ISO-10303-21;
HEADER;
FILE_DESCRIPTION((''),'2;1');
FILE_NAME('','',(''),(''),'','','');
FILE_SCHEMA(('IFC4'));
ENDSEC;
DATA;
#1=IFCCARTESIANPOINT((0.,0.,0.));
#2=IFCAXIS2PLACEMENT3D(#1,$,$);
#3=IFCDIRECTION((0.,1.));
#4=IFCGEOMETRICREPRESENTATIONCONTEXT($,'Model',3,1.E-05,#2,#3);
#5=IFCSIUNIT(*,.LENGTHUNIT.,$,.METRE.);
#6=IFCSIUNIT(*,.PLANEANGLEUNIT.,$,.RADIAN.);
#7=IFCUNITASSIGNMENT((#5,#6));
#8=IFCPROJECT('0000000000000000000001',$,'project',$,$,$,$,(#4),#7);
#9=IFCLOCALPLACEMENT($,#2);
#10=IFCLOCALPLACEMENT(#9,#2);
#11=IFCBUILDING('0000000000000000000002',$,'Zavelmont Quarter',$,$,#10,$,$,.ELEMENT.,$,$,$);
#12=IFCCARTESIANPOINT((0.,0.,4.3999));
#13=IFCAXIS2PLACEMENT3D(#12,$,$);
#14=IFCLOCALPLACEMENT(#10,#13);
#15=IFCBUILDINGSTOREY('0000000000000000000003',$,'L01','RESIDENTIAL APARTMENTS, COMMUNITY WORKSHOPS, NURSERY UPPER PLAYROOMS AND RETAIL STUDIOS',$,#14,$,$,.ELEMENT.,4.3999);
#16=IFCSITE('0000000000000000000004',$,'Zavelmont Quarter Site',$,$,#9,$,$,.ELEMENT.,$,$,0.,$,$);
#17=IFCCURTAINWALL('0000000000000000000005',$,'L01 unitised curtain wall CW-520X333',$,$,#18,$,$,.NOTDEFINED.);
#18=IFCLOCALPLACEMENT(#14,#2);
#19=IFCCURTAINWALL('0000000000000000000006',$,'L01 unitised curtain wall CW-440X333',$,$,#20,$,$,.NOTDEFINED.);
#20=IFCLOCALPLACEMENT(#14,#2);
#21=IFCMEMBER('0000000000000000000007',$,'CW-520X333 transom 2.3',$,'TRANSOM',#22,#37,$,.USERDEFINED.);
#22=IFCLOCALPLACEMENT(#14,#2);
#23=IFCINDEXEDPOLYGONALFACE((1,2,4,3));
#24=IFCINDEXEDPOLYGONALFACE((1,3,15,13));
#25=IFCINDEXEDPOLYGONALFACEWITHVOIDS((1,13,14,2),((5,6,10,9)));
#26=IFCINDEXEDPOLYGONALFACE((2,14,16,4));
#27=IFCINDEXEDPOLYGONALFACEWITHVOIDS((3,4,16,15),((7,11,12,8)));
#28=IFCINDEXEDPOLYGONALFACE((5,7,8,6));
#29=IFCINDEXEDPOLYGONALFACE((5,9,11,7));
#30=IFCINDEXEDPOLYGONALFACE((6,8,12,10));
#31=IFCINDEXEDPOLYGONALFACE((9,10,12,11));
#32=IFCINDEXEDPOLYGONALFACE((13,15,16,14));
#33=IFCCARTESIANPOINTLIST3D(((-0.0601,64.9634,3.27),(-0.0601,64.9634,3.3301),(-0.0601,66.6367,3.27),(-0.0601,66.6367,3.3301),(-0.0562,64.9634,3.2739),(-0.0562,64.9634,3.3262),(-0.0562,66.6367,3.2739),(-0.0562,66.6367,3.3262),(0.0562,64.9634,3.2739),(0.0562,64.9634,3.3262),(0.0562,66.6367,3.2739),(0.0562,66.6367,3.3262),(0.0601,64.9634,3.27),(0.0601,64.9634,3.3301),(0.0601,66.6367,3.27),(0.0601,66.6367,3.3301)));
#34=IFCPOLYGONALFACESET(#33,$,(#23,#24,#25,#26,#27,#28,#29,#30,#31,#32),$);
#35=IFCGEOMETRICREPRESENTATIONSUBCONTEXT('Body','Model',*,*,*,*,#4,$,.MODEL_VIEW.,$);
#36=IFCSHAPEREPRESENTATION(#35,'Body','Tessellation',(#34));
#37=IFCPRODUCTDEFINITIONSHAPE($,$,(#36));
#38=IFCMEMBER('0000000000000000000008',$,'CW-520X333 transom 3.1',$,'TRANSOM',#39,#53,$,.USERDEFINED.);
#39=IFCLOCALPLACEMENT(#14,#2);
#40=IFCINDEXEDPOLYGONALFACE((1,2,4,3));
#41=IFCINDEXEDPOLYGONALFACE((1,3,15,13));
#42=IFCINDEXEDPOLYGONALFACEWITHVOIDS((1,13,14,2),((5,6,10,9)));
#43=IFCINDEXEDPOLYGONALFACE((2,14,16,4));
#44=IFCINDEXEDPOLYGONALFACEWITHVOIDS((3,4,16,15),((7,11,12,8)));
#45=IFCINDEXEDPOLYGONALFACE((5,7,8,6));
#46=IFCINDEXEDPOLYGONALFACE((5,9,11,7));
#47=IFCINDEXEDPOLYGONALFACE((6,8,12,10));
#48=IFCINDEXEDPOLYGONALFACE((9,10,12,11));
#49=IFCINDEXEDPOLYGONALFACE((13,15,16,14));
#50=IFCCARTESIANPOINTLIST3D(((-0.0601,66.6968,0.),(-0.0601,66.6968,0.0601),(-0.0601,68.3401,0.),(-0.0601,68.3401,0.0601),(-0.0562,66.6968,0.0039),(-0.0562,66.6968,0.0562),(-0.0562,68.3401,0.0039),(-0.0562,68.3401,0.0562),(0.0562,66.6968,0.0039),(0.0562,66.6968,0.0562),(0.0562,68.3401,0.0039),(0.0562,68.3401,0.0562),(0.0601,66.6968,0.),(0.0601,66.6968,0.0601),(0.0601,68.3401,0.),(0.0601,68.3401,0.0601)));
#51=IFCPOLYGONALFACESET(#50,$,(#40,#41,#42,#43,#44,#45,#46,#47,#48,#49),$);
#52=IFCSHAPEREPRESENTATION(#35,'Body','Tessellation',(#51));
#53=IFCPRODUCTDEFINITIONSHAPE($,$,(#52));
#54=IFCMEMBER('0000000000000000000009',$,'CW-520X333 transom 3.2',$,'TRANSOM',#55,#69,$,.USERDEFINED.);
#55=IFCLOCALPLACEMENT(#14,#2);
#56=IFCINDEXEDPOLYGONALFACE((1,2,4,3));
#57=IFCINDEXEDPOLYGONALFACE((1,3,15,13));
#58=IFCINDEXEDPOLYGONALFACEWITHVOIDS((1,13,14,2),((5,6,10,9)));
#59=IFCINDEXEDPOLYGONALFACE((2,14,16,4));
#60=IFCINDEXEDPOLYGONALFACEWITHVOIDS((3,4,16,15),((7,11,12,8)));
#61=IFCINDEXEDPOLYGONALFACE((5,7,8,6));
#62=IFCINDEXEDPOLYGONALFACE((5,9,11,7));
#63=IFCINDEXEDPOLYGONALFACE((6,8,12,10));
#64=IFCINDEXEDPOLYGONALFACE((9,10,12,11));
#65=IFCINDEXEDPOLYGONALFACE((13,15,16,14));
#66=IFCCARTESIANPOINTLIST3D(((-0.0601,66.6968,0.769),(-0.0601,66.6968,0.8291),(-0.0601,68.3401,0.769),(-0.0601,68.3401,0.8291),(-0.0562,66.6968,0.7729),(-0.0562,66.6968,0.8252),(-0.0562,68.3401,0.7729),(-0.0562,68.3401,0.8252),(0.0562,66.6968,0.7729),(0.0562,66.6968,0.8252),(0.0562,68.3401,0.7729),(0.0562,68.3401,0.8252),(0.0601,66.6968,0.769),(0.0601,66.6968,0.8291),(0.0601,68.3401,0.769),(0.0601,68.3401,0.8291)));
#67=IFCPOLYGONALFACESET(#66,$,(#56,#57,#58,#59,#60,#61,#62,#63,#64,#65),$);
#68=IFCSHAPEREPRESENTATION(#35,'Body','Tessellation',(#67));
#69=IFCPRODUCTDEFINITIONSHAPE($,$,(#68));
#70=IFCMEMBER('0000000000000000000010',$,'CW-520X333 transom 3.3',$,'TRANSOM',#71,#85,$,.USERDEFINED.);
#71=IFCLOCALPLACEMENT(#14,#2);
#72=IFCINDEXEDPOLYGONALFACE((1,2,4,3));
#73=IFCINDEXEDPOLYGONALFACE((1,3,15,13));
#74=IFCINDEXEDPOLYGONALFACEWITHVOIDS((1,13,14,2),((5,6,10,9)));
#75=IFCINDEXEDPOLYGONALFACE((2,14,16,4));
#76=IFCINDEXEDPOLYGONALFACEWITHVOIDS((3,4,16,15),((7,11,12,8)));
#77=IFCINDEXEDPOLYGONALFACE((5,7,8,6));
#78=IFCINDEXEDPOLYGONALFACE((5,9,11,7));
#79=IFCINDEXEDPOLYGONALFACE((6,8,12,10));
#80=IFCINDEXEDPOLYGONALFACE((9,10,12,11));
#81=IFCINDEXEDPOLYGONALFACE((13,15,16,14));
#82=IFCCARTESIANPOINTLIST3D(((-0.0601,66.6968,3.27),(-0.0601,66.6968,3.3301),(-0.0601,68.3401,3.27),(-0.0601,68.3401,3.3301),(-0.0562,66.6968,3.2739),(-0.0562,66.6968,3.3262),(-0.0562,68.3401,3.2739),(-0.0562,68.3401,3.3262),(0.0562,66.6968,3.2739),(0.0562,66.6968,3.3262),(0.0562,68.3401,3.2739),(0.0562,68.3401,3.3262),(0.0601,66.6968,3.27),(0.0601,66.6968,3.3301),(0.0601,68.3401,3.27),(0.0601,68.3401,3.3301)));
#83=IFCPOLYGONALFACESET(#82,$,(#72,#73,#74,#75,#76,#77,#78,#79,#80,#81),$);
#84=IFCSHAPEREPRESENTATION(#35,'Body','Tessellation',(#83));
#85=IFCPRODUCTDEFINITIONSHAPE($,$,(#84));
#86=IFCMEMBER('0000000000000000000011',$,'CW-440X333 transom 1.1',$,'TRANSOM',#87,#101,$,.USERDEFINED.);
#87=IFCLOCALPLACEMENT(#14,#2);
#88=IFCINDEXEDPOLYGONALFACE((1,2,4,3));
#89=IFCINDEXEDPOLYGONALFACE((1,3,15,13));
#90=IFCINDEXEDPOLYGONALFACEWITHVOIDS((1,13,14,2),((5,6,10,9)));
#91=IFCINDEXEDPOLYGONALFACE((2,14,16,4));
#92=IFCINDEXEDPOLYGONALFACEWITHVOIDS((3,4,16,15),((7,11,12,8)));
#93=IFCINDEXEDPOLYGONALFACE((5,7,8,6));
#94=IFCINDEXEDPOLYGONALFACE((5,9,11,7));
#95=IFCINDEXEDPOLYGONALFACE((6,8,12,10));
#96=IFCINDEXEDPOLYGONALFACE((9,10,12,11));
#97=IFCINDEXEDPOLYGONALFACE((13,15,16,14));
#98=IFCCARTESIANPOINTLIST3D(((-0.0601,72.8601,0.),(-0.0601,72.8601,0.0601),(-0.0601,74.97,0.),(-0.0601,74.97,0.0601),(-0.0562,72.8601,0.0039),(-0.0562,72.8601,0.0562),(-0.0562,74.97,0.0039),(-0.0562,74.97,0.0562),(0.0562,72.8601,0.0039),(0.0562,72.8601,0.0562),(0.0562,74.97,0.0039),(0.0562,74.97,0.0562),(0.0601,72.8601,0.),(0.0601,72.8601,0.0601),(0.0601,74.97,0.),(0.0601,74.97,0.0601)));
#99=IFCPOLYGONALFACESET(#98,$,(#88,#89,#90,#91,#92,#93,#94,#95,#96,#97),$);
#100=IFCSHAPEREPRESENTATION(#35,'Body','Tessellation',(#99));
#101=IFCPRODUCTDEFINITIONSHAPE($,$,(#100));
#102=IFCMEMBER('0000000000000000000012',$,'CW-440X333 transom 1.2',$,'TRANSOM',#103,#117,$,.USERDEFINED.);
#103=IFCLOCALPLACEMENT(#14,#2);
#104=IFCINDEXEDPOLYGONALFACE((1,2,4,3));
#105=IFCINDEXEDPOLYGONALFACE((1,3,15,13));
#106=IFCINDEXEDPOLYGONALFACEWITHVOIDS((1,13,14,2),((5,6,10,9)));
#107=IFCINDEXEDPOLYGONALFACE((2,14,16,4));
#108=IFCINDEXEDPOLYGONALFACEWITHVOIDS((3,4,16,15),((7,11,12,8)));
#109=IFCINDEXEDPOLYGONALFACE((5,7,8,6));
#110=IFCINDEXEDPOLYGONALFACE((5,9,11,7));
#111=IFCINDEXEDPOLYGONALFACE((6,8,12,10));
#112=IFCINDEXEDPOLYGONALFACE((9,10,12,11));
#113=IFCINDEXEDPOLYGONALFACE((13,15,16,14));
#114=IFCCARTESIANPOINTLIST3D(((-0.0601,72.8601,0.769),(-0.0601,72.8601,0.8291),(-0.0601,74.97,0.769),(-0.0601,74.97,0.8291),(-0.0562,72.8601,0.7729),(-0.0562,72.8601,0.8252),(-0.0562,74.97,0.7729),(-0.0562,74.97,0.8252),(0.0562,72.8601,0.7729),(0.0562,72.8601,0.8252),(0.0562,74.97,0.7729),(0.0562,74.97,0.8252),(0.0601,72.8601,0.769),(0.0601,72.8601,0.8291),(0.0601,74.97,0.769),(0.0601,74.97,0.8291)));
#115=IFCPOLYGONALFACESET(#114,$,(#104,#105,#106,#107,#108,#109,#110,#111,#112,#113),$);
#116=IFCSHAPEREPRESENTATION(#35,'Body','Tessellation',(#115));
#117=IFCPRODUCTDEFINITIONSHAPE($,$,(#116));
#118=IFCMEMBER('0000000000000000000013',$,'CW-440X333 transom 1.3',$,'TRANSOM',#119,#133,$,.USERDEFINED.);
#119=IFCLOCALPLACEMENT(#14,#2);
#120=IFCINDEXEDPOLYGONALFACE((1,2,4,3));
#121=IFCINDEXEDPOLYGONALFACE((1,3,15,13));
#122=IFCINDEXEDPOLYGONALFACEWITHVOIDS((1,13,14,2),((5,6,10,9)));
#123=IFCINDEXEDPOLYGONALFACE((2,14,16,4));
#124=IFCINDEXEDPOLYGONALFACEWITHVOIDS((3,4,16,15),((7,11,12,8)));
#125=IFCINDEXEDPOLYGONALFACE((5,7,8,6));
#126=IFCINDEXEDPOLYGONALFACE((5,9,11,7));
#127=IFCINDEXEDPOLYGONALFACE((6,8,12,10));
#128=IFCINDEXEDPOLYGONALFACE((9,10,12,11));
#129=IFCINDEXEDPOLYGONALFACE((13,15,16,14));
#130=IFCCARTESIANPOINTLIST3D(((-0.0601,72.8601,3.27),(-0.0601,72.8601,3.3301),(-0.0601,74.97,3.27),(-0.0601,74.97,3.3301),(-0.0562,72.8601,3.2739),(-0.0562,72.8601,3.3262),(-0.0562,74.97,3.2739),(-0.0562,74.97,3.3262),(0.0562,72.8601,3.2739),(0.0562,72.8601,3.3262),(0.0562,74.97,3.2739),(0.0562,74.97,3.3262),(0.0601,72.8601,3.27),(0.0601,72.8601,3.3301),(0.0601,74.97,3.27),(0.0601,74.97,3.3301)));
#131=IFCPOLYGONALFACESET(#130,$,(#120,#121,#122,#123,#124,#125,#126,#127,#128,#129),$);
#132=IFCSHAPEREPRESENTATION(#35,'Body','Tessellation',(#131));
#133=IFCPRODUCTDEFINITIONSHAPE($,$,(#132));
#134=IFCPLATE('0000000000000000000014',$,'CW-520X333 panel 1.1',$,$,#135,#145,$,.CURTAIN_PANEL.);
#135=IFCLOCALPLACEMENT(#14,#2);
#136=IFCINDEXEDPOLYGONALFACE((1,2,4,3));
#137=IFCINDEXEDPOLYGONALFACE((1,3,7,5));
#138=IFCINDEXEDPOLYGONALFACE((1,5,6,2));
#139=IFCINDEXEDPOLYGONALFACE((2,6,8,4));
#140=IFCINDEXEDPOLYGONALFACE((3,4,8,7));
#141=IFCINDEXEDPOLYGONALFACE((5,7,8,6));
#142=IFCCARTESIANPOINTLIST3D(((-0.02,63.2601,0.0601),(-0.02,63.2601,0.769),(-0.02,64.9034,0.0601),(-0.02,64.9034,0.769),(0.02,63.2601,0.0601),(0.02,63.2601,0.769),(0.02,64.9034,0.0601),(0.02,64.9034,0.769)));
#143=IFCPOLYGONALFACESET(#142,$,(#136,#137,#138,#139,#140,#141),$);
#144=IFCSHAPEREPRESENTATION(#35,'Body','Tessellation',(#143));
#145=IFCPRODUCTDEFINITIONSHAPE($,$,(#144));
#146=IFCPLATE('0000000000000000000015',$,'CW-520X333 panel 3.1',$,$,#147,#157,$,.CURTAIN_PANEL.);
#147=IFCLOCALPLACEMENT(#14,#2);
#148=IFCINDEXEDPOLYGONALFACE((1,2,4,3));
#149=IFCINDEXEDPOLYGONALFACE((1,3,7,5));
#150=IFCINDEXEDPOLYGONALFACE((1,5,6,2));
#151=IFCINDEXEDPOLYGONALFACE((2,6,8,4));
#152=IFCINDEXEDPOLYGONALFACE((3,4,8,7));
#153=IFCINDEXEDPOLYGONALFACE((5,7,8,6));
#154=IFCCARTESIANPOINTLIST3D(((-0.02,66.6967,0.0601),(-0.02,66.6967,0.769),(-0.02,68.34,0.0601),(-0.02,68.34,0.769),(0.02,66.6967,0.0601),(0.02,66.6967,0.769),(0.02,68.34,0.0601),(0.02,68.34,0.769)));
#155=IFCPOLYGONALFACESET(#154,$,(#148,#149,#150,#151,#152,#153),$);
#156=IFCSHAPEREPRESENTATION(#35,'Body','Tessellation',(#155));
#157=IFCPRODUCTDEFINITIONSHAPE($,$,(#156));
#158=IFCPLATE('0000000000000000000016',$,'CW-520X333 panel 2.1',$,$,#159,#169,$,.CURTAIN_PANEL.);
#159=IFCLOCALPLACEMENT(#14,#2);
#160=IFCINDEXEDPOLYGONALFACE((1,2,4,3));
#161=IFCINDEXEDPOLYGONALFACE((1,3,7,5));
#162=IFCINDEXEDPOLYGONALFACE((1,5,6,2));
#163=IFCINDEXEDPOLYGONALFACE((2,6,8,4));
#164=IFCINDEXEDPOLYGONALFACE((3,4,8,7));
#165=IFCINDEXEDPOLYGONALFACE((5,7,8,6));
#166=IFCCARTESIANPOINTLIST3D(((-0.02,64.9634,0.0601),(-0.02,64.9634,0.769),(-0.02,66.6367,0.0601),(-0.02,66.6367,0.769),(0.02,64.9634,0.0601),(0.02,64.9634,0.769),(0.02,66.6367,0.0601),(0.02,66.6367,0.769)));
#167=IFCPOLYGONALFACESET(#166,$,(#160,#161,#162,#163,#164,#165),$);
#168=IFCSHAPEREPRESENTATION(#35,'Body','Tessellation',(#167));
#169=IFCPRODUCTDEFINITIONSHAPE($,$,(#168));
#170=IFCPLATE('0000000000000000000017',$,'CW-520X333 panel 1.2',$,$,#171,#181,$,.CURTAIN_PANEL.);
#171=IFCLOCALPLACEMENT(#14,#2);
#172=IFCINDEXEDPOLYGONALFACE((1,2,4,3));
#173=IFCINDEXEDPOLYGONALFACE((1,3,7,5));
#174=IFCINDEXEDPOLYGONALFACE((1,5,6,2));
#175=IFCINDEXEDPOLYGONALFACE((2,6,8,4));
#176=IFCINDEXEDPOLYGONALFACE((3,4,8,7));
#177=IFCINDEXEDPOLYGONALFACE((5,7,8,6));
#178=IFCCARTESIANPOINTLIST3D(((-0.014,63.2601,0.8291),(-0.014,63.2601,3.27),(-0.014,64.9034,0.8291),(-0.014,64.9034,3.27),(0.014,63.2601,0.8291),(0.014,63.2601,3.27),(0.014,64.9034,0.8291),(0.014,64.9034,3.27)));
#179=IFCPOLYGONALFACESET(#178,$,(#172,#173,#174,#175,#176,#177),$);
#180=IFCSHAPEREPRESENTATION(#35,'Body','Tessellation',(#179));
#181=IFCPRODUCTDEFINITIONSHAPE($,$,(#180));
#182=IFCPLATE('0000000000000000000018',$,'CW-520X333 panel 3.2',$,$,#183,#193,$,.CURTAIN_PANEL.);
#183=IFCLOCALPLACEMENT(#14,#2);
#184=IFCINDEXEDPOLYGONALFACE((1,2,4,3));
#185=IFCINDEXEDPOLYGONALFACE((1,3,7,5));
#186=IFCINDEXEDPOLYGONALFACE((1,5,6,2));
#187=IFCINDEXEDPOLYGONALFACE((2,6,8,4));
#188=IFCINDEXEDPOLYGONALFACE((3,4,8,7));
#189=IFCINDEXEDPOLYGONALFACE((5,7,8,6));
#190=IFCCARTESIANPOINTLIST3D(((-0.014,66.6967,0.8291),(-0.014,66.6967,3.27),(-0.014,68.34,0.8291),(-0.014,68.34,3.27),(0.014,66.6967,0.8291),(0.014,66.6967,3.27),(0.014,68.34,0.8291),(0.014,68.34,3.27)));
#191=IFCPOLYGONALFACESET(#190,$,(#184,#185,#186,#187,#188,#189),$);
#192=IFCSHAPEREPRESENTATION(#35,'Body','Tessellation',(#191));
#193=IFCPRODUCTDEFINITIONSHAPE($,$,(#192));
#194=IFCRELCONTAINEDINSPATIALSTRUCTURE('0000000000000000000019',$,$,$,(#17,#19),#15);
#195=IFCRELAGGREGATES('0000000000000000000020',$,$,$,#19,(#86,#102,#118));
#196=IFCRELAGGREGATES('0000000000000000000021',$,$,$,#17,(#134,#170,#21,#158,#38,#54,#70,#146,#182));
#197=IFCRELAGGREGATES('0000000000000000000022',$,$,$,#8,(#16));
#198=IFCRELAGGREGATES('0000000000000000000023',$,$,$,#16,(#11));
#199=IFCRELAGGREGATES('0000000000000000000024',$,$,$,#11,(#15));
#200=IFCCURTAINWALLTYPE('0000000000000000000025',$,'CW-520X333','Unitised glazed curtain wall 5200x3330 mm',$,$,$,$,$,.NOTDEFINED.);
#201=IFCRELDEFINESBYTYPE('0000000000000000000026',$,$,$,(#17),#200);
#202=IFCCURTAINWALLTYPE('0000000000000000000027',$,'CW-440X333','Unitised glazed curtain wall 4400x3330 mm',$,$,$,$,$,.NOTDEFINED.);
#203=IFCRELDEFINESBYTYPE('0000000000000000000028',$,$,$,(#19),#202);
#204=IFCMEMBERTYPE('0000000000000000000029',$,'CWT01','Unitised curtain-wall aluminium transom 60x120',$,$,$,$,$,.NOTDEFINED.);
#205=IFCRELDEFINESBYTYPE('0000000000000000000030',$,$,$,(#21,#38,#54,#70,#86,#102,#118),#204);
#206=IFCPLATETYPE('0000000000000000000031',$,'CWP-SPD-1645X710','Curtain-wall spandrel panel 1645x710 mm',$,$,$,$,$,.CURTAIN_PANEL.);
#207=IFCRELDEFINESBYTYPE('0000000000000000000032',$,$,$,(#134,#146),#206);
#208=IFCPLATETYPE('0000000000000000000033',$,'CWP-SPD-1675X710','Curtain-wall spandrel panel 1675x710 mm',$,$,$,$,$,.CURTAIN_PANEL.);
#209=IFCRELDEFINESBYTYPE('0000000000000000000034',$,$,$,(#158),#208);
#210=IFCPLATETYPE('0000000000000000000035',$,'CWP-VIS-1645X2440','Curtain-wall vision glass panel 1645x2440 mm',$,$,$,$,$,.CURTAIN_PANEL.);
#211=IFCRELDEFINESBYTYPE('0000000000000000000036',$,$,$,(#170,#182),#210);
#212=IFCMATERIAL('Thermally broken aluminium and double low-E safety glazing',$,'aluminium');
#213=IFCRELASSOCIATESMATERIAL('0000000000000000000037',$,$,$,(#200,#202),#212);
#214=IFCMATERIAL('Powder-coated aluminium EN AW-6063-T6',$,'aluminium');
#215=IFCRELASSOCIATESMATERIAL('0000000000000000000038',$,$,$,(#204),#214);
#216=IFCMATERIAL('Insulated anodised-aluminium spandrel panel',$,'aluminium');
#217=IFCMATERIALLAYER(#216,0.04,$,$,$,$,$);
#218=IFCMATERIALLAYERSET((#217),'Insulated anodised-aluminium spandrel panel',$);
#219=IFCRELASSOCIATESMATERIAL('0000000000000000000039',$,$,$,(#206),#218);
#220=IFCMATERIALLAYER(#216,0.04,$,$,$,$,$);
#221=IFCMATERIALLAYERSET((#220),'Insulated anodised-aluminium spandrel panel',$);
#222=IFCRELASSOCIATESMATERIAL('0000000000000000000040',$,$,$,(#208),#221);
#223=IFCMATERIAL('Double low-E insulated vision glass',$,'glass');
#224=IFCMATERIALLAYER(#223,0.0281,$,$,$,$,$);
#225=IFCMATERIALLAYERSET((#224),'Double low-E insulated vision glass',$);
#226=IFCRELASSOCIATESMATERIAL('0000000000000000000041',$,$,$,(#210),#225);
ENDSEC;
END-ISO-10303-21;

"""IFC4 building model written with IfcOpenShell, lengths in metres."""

from ifc_helpers import new_model, si_unit, direction, frame, origin, origin_2d, place, context, subcontext, project, spatial, rectangle, hollow_rectangle, extrude, material, layer, layer_set, material_profile, profile_set, type_object, element, aggregate, save


model = new_model("IFC4")

# Units and contexts
model_context = context("Model", 3, precision=1e-05, world=origin(), true_north=direction((0.0, 1.0)))
body_context = subcontext(model_context, "Body", "Model", "MODEL_VIEW")
ifc_project = project(units=[si_unit("LENGTHUNIT", "METRE"), si_unit("PLANEANGLEUNIT", "RADIAN")], contexts=[model_context])

# Site, building, storey
site_placement = place(None, origin())
site = spatial("IfcSite", under=ifc_project, at=site_placement, Name="Zavelmont Quarter Site", CompositionType="ELEMENT", RefElevation=0.0)
building_placement = place(site_placement, origin())
building = spatial("IfcBuilding", under=site, at=building_placement, Name="Zavelmont Quarter", CompositionType="ELEMENT")
storey_placement = place(building_placement, frame((0.0, 0.0, 4.3999)))
storey = spatial("IfcBuildingStorey", under=building, at=storey_placement, Name="L01", Description="RESIDENTIAL APARTMENTS, COMMUNITY WORKSHOPS, NURSERY UPPER PLAYROOMS AND RETAIL STUDIOS", CompositionType="ELEMENT", Elevation=4.3999)

# Curtain wall
ifc_material_1 = material(Name="Thermally broken aluminium and double low-E safety glazing", Category="aluminium")
curtain_wall_type_1 = type_object("IfcCurtainWallType", Name="CW-520X333", Description="Unitised glazed curtain wall 5200x3330 mm", PredefinedType="NOTDEFINED", material=ifc_material_1)
curtain_wall_1_placement = place(storey_placement, origin())
curtain_wall_1 = element("IfcCurtainWall", 1, at=curtain_wall_1_placement, inside=storey, type_object=curtain_wall_type_1, Name="L01 unitised curtain wall CW-520X333", PredefinedType="NOTDEFINED")
ifc_material_2 = material(Name="Powder-coated aluminium EN AW-6063-T6", Category="aluminium")

# Curtain wall
curtain_wall_type_2 = type_object("IfcCurtainWallType", Name="CW-440X333", Description="Unitised glazed curtain wall 4400x3330 mm", PredefinedType="NOTDEFINED", material=ifc_material_1)
curtain_wall_2_placement = place(storey_placement, origin())
curtain_wall_2 = element("IfcCurtainWall", 2, at=curtain_wall_2_placement, inside=storey, type_object=curtain_wall_type_2, Name="L01 unitised curtain wall CW-440X333", PredefinedType="NOTDEFINED")

# Members
ifc_material_profile_1 = material_profile(ifc_material_2, hollow_rectangle(XDim=0.1201, YDim=0.0601, WallThickness=0.0039, at=origin_2d()), Name="CWT60X120")
ifc_profile_set_1 = profile_set([ifc_material_profile_1], Name="Powder-coated aluminium EN AW-6063-T6")
member_type_1 = type_object("IfcMemberType", Name="CWT01", Description="Unitised curtain-wall aluminium transom 60x120", PredefinedType="NOTDEFINED", material=ifc_profile_set_1)
member_1_placement = place(storey_placement, frame((0.0, 64.9634, 3.3), z_axis=(0.0, 1.0, 0.0), x_axis=(-1.0, 0.0, 0.0)))
member_1 = element("IfcMember", 3, at=member_1_placement, type_object=member_type_1, Name="CW-520X333 transom 2.3", ObjectType="TRANSOM", PredefinedType="USERDEFINED", context=body_context, shape_type="SweptSolid", body=[
    extrude(hollow_rectangle(XDim=0.1201, YDim=0.0601, WallThickness=0.0039, at=origin_2d()), origin(), (0.0, 0.0, 1.0), 1.6733),
])
member_2_placement = place(storey_placement, frame((0.0, 66.6968, 0.03), z_axis=(0.0, 1.0, 0.0), x_axis=(-1.0, 0.0, 0.0)))
member_2 = element("IfcMember", 4, at=member_2_placement, type_object=member_type_1, Name="CW-520X333 transom 3.1", ObjectType="TRANSOM", PredefinedType="USERDEFINED", context=body_context, shape_type="SweptSolid", body=[
    extrude(hollow_rectangle(XDim=0.1201, YDim=0.0601, WallThickness=0.0039, at=origin_2d()), origin(), (0.0, 0.0, 1.0), 1.6433),
])
member_3_placement = place(storey_placement, frame((0.0, 66.6968, 0.7991), z_axis=(0.0, 1.0, 0.0), x_axis=(-1.0, 0.0, 0.0)))
member_3 = element("IfcMember", 5, at=member_3_placement, type_object=member_type_1, Name="CW-520X333 transom 3.2", ObjectType="TRANSOM", PredefinedType="USERDEFINED", context=body_context, shape_type="SweptSolid", body=[
    extrude(hollow_rectangle(XDim=0.1201, YDim=0.0601, WallThickness=0.0039, at=origin_2d()), origin(), (0.0, 0.0, 1.0), 1.6433),
])
member_4_placement = place(storey_placement, frame((0.0, 66.6968, 3.3), z_axis=(0.0, 1.0, 0.0), x_axis=(-1.0, 0.0, 0.0)))
member_4 = element("IfcMember", 6, at=member_4_placement, type_object=member_type_1, Name="CW-520X333 transom 3.3", ObjectType="TRANSOM", PredefinedType="USERDEFINED", context=body_context, shape_type="SweptSolid", body=[
    extrude(hollow_rectangle(XDim=0.1201, YDim=0.0601, WallThickness=0.0039, at=origin_2d()), origin(), (0.0, 0.0, 1.0), 1.6433),
])
member_5_placement = place(storey_placement, frame((0.0, 72.8601, 0.03), z_axis=(0.0, 1.0, 0.0), x_axis=(-1.0, 0.0, 0.0)))
member_5 = element("IfcMember", 7, at=member_5_placement, type_object=member_type_1, Name="CW-440X333 transom 1.1", ObjectType="TRANSOM", PredefinedType="USERDEFINED", context=body_context, shape_type="SweptSolid", body=[
    extrude(hollow_rectangle(XDim=0.1201, YDim=0.0601, WallThickness=0.0039, at=origin_2d()), origin(), (0.0, 0.0, 1.0), 2.1099),
])
member_6_placement = place(storey_placement, frame((0.0, 72.8601, 0.7991), z_axis=(0.0, 1.0, 0.0), x_axis=(-1.0, 0.0, 0.0)))
member_6 = element("IfcMember", 8, at=member_6_placement, type_object=member_type_1, Name="CW-440X333 transom 1.2", ObjectType="TRANSOM", PredefinedType="USERDEFINED", context=body_context, shape_type="SweptSolid", body=[
    extrude(hollow_rectangle(XDim=0.1201, YDim=0.0601, WallThickness=0.0039, at=origin_2d()), origin(), (0.0, 0.0, 1.0), 2.1099),
])
member_7_placement = place(storey_placement, frame((0.0, 72.8601, 3.3), z_axis=(0.0, 1.0, 0.0), x_axis=(-1.0, 0.0, 0.0)))
member_7 = element("IfcMember", 9, at=member_7_placement, type_object=member_type_1, Name="CW-440X333 transom 1.3", ObjectType="TRANSOM", PredefinedType="USERDEFINED", context=body_context, shape_type="SweptSolid", body=[
    extrude(hollow_rectangle(XDim=0.1201, YDim=0.0601, WallThickness=0.0039, at=origin_2d()), origin(), (0.0, 0.0, 1.0), 2.1099),
])
aggregate(curtain_wall_2, [member_5, member_6, member_7])

# Plates
ifc_material_3 = material(Name="Insulated anodised-aluminium spandrel panel", Category="aluminium")
ifc_layer_1 = layer(ifc_material_3, 0.04)
ifc_layer_set_1 = layer_set([ifc_layer_1], Name="Insulated anodised-aluminium spandrel panel")
plate_type_1 = type_object("IfcPlateType", Name="CWP-SPD-1645X710", Description="Curtain-wall spandrel panel 1645x710 mm", PredefinedType="CURTAIN_PANEL", material=ifc_layer_set_1)
plate_1_placement = place(storey_placement, frame((0.0, 64.0818, 0.0601), z_axis=(0.0, 0.0, 1.0), x_axis=(0.0, 1.0, 0.0)))
plate_1 = element("IfcPlate", 10, at=plate_1_placement, type_object=plate_type_1, Name="CW-520X333 panel 1.1", PredefinedType="CURTAIN_PANEL", context=body_context, shape_type="SweptSolid", body=[
    extrude(rectangle(XDim=1.6433, YDim=0.04, at=origin_2d()), origin(), (0.0, 0.0, 1.0), 0.709),
])
plate_2_placement = place(storey_placement, frame((0.0, 67.5183, 0.0601), z_axis=(0.0, 0.0, 1.0), x_axis=(0.0, 1.0, 0.0)))
plate_2 = element("IfcPlate", 11, at=plate_2_placement, type_object=plate_type_1, Name="CW-520X333 panel 3.1", PredefinedType="CURTAIN_PANEL", context=body_context, shape_type="SweptSolid", body=[
    extrude(rectangle(XDim=1.6433, YDim=0.04, at=origin_2d()), origin(), (0.0, 0.0, 1.0), 0.709),
])
ifc_layer_2 = layer(ifc_material_3, 0.04)
ifc_layer_set_2 = layer_set([ifc_layer_2], Name="Insulated anodised-aluminium spandrel panel")
plate_type_2 = type_object("IfcPlateType", Name="CWP-SPD-1675X710", Description="Curtain-wall spandrel panel 1675x710 mm", PredefinedType="CURTAIN_PANEL", material=ifc_layer_set_2)
plate_3_placement = place(storey_placement, frame((0.0, 65.8, 0.0601), z_axis=(0.0, 0.0, 1.0), x_axis=(0.0, 1.0, 0.0)))
plate_3 = element("IfcPlate", 12, at=plate_3_placement, type_object=plate_type_2, Name="CW-520X333 panel 2.1", PredefinedType="CURTAIN_PANEL", context=body_context, shape_type="SweptSolid", body=[
    extrude(rectangle(XDim=1.6733, YDim=0.04, at=origin_2d()), origin(), (0.0, 0.0, 1.0), 0.709),
])
ifc_material_4 = material(Name="Double low-E insulated vision glass", Category="glass")
ifc_layer_3 = layer(ifc_material_4, 0.0281)
ifc_layer_set_3 = layer_set([ifc_layer_3], Name="Double low-E insulated vision glass")
plate_type_3 = type_object("IfcPlateType", Name="CWP-VIS-1645X2440", Description="Curtain-wall vision glass panel 1645x2440 mm", PredefinedType="CURTAIN_PANEL", material=ifc_layer_set_3)
plate_4_placement = place(storey_placement, frame((0.0, 64.0818, 0.8291), z_axis=(0.0, 0.0, 1.0), x_axis=(0.0, 1.0, 0.0)))
plate_4 = element("IfcPlate", 13, at=plate_4_placement, type_object=plate_type_3, Name="CW-520X333 panel 1.2", PredefinedType="CURTAIN_PANEL", context=body_context, shape_type="SweptSolid", body=[
    extrude(rectangle(XDim=1.6433, YDim=0.0281, at=origin_2d()), origin(), (0.0, 0.0, 1.0), 2.4409),
])
plate_5_placement = place(storey_placement, frame((0.0, 67.5183, 0.8291), z_axis=(0.0, 0.0, 1.0), x_axis=(0.0, 1.0, 0.0)))
plate_5 = element("IfcPlate", 14, at=plate_5_placement, type_object=plate_type_3, Name="CW-520X333 panel 3.2", PredefinedType="CURTAIN_PANEL", context=body_context, shape_type="SweptSolid", body=[
    extrude(rectangle(XDim=1.6433, YDim=0.0281, at=origin_2d()), origin(), (0.0, 0.0, 1.0), 2.4409),
])
aggregate(curtain_wall_1, [plate_1, plate_4, member_1, plate_3, member_2, member_3, member_4, plate_2, plate_5])

save(model, "model.ifc")
